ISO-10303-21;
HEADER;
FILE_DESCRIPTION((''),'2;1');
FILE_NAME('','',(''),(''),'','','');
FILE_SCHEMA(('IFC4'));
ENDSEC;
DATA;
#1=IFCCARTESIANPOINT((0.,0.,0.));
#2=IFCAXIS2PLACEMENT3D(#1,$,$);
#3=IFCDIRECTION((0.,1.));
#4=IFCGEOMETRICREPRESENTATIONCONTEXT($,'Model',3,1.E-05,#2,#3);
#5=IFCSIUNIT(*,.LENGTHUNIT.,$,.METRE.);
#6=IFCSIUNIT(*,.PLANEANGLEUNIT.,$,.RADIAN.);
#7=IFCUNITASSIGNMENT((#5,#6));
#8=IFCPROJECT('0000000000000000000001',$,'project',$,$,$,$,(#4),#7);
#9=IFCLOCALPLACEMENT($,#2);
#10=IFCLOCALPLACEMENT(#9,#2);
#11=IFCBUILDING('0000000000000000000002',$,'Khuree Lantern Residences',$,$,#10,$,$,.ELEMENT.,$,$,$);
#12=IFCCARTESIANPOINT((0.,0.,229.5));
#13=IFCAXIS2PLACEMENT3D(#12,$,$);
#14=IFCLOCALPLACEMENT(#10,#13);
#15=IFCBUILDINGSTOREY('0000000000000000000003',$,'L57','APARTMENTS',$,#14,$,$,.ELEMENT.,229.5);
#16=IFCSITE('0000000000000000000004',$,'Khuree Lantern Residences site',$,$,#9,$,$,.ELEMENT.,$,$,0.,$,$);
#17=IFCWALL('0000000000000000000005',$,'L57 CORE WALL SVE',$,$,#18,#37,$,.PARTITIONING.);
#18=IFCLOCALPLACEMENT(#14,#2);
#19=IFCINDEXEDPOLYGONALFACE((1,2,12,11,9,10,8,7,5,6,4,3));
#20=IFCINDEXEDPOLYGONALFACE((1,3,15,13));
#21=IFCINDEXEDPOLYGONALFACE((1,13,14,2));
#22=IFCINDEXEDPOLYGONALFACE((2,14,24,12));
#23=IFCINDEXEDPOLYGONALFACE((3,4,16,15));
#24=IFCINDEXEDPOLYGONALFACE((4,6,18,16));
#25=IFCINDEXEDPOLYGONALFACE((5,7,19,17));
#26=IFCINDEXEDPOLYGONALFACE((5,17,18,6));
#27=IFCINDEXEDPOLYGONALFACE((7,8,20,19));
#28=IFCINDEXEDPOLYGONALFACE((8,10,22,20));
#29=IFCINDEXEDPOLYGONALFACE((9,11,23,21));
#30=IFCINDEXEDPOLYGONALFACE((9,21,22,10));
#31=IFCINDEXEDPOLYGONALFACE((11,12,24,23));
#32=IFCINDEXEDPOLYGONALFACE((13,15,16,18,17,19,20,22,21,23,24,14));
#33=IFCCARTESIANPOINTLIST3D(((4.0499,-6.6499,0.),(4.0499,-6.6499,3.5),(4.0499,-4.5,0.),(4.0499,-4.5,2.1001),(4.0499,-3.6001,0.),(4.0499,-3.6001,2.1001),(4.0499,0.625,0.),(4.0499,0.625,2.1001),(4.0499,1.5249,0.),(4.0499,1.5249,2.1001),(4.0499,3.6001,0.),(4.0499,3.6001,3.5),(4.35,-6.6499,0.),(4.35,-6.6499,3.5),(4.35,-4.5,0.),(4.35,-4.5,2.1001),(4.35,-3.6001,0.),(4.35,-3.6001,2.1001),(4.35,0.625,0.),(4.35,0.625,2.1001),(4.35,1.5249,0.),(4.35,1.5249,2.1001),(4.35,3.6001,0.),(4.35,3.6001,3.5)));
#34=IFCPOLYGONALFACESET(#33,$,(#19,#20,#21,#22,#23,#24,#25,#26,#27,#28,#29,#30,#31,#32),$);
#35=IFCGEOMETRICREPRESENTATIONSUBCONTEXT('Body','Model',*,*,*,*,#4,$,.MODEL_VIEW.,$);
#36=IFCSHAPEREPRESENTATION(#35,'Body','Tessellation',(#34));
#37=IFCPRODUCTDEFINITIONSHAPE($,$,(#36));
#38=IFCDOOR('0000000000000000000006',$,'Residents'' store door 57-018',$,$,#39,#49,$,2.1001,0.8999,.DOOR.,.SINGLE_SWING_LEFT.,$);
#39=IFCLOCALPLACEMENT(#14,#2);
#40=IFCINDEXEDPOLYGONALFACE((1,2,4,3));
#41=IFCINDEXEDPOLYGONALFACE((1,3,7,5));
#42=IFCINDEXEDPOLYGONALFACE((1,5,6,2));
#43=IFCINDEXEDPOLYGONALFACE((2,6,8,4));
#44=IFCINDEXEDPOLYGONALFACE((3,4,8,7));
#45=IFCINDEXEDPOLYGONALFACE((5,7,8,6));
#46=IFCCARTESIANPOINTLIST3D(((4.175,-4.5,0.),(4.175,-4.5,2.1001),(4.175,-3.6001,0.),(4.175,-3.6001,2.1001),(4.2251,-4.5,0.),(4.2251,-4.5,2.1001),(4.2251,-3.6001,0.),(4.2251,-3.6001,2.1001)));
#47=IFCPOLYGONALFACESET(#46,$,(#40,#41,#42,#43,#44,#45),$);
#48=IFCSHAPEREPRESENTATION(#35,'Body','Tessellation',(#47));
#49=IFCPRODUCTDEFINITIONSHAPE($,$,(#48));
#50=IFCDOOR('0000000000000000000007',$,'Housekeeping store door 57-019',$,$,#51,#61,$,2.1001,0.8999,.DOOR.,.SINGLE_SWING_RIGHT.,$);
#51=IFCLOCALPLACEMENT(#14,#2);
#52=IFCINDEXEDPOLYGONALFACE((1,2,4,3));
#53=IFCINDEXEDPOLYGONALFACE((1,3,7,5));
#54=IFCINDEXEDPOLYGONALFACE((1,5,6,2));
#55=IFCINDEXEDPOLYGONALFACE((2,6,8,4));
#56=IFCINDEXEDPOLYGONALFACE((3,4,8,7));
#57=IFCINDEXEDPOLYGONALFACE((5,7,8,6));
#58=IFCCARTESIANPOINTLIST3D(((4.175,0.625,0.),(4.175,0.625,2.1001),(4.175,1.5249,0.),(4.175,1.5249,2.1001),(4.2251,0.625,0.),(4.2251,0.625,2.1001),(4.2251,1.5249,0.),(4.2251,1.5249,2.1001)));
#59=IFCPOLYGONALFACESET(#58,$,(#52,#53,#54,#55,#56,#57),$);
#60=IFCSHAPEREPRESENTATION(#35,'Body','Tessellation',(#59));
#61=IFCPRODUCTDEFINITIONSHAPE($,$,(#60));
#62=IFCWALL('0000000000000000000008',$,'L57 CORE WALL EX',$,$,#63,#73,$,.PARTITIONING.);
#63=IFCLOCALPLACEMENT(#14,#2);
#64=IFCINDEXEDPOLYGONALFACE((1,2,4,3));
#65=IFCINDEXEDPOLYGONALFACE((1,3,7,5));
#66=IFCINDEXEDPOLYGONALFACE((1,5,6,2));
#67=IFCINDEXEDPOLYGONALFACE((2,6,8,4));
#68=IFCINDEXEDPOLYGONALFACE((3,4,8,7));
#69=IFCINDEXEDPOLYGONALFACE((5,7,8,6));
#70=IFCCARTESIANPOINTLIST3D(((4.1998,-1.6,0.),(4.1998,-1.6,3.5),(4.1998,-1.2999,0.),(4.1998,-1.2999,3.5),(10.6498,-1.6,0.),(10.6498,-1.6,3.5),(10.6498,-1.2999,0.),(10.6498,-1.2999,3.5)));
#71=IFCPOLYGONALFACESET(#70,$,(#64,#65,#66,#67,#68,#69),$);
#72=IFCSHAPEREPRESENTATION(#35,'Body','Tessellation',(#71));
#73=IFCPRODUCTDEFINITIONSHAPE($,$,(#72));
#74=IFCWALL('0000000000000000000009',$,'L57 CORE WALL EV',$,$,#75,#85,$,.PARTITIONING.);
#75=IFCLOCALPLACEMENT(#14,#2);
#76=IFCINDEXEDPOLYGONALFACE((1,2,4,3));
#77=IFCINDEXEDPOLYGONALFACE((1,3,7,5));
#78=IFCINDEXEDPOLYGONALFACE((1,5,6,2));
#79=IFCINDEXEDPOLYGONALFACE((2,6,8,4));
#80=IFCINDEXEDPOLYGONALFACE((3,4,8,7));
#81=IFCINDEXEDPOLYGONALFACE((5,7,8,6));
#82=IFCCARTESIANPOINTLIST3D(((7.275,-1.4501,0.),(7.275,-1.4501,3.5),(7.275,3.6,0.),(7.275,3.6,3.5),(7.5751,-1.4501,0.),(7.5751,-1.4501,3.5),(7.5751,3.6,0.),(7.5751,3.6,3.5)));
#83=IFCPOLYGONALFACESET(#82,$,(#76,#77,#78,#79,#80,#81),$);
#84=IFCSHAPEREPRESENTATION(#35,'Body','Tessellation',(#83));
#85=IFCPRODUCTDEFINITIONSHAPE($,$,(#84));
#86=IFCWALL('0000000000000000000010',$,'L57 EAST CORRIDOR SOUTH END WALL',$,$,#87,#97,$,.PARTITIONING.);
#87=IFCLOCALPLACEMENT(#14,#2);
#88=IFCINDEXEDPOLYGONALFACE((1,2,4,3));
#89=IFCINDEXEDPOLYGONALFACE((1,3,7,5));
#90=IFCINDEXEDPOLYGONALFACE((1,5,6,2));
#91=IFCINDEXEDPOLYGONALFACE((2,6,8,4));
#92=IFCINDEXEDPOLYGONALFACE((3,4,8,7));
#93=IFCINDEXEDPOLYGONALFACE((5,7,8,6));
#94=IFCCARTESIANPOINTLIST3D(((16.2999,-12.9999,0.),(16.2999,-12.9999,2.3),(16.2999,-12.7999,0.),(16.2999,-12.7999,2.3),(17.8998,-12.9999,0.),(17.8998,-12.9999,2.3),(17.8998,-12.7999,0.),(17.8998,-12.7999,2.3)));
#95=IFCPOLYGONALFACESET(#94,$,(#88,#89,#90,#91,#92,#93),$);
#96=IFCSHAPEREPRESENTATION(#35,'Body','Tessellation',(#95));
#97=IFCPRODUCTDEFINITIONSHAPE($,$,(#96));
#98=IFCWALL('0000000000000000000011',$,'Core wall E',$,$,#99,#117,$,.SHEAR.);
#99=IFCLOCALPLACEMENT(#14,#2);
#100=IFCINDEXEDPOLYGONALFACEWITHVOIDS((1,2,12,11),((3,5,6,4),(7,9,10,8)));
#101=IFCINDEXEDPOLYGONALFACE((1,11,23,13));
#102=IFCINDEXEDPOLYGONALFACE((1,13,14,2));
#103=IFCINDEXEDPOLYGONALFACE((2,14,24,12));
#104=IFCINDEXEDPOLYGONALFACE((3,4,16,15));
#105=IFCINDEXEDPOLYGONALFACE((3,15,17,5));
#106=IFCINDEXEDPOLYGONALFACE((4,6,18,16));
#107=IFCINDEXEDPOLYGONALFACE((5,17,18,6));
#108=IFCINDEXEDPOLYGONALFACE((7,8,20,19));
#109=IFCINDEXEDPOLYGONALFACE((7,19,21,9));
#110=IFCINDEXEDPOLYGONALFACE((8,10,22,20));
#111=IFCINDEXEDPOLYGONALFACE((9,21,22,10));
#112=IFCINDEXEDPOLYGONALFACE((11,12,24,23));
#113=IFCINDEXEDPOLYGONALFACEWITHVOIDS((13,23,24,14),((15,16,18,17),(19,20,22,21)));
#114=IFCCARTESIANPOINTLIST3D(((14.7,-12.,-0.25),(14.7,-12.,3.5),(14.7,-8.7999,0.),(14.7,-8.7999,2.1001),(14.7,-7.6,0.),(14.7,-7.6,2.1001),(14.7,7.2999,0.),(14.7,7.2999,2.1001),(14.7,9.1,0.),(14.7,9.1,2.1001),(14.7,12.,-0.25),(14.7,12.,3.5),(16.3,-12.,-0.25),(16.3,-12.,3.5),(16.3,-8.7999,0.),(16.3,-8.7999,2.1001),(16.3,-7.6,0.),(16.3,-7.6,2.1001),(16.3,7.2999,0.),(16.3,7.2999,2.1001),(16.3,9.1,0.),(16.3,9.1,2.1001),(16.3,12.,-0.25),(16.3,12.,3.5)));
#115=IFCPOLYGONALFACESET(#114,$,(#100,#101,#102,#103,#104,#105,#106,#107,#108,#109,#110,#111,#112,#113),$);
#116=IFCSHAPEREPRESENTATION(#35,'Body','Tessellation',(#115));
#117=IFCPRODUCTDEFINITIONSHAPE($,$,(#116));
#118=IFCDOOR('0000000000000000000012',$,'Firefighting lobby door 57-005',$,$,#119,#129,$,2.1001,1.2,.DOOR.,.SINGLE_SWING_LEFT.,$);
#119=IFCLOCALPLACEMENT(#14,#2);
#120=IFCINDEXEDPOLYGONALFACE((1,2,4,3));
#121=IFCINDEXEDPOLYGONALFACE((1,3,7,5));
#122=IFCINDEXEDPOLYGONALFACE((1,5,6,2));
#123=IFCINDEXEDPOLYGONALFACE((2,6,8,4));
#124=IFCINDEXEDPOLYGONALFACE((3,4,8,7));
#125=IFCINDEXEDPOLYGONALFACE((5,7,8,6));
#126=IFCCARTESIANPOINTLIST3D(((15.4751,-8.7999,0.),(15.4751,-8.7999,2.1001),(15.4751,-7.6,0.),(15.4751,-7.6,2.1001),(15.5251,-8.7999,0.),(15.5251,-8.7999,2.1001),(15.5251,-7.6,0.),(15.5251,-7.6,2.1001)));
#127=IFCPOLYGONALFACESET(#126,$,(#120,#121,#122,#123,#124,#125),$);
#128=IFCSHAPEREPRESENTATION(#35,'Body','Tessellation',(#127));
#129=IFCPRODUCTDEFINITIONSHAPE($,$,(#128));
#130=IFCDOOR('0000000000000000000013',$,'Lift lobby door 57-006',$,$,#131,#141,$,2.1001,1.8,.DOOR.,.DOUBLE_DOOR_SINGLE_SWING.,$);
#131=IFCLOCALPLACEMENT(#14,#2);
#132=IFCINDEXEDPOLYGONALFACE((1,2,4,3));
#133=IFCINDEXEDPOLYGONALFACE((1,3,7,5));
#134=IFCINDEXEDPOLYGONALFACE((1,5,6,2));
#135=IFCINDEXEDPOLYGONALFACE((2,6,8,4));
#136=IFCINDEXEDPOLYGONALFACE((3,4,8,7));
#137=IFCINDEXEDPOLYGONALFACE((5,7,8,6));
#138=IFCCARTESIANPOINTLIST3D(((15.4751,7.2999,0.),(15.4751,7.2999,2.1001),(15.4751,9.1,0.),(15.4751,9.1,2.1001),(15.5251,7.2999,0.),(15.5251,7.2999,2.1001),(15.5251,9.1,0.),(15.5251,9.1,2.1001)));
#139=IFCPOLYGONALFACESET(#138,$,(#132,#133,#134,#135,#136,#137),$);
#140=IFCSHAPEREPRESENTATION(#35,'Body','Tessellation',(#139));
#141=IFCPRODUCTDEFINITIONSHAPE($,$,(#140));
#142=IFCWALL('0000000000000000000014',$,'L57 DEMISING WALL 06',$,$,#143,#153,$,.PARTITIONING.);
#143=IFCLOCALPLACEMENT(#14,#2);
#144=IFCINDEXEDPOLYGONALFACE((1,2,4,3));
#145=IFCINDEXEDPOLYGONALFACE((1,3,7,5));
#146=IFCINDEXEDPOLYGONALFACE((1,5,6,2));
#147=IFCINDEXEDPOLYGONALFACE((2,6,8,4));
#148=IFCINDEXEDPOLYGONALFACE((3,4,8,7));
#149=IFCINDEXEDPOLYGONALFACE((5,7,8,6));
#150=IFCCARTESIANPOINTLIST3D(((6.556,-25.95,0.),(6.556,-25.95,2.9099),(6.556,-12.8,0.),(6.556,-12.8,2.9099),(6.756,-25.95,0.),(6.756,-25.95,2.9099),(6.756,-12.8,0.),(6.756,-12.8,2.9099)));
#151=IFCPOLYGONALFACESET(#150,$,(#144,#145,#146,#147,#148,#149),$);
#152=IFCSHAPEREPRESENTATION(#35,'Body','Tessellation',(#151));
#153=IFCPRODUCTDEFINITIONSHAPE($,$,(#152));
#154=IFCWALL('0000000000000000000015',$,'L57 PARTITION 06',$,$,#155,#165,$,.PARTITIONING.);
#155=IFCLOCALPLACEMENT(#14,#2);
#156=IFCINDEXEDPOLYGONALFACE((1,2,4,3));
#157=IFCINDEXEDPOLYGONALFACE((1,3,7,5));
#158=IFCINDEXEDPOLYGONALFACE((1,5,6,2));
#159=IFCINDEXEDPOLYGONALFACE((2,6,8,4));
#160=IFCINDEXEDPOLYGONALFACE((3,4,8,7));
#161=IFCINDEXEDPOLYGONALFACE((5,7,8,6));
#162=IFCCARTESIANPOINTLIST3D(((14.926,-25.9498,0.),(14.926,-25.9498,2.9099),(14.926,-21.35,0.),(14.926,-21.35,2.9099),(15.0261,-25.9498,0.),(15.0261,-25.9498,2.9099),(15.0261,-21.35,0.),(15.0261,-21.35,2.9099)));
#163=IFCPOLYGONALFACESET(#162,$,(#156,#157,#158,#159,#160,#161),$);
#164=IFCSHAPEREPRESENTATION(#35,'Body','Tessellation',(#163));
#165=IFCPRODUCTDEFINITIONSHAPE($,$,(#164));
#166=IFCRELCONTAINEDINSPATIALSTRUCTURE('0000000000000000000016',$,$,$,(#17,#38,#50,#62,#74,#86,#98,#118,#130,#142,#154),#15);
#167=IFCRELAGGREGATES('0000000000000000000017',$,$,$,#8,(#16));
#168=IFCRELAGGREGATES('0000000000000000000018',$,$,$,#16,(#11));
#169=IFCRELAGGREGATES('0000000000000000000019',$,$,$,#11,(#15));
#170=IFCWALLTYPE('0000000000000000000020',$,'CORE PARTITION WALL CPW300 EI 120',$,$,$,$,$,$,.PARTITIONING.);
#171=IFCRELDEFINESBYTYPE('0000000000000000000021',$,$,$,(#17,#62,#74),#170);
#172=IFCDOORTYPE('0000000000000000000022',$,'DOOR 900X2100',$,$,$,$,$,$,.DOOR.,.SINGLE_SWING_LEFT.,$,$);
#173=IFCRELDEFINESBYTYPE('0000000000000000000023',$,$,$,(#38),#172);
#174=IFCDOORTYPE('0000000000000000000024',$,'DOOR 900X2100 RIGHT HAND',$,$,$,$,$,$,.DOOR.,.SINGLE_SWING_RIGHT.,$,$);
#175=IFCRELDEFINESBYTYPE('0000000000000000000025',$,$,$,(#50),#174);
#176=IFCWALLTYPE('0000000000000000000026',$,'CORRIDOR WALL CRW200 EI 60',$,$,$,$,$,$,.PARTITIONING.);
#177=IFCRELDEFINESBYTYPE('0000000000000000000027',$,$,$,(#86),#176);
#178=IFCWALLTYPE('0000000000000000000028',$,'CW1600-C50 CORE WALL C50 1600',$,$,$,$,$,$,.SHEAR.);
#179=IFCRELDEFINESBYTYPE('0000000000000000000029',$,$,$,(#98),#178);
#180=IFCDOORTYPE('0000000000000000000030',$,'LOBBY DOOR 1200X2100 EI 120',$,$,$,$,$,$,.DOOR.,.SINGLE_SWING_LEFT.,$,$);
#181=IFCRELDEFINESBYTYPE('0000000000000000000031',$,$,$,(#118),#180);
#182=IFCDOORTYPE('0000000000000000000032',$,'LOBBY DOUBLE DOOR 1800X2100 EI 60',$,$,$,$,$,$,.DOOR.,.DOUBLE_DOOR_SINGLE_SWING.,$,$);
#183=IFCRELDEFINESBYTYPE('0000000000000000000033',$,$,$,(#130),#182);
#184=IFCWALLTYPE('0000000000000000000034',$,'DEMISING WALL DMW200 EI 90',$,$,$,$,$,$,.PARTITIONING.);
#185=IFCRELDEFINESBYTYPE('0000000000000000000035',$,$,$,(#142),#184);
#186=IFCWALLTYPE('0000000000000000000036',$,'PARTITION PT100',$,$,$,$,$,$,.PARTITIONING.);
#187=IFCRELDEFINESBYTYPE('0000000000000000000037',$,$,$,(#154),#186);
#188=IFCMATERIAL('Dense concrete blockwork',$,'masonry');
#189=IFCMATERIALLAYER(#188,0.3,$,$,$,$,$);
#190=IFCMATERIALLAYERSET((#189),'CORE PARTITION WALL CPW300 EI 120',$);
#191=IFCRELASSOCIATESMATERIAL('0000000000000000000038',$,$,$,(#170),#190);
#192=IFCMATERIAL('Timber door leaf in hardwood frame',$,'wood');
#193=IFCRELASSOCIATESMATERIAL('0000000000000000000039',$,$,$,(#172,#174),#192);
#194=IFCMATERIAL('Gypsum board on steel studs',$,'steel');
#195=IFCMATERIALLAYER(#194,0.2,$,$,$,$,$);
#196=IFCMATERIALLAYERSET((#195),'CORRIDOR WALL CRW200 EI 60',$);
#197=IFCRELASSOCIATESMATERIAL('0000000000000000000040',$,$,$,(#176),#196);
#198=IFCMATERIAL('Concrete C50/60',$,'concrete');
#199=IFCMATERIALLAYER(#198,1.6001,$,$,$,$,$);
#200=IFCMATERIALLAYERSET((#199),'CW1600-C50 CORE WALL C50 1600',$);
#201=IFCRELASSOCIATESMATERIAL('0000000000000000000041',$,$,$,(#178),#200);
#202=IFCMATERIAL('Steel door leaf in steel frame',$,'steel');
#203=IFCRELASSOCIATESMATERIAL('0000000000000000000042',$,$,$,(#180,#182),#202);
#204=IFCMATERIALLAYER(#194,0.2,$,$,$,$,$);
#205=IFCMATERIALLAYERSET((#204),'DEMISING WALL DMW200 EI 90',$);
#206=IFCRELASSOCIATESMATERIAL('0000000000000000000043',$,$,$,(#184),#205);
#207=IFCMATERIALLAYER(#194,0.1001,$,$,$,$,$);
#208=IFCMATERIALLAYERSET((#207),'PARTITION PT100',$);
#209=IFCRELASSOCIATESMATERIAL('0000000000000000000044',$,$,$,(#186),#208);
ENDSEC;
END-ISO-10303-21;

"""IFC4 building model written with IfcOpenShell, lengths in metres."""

from ifc_helpers import new_model, si_unit, direction, frame, frame_2d, origin, place, context, subcontext, project, spatial, rectangle, extrude, material, layer, layer_set, type_object, element, fill, save


model = new_model("IFC4")

# Units and contexts
model_context = context("Model", 3, precision=1e-05, world=origin(), true_north=direction((0.0, 1.0)))
body_context = subcontext(model_context, "Body", "Model", "MODEL_VIEW")
ifc_project = project(units=[si_unit("LENGTHUNIT", "METRE"), si_unit("PLANEANGLEUNIT", "RADIAN")], contexts=[model_context])

# Site, building, storey
site_placement = place(None, origin())
site = spatial("IfcSite", under=ifc_project, at=site_placement, Name="Khuree Lantern Residences site", CompositionType="ELEMENT", RefElevation=0.0)
building_placement = place(site_placement, origin())
building = spatial("IfcBuilding", under=site, at=building_placement, Name="Khuree Lantern Residences", CompositionType="ELEMENT")
storey_placement = place(building_placement, frame((0.0, 0.0, 229.5)))
storey = spatial("IfcBuildingStorey", under=building, at=storey_placement, Name="L57", Description="APARTMENTS", CompositionType="ELEMENT", Elevation=229.5)

# Shared definitions
ifc_material_1 = material(Name="Concrete C50/60", Category="concrete")

# Shared definitions
ifc_material_2 = material(Name="Timber door leaf in hardwood frame", Category="wood")

# Shared definitions
ifc_material_3 = material(Name="Dense concrete blockwork", Category="masonry")
ifc_layer_1 = layer(ifc_material_3, 0.3)
ifc_layer_set_1 = layer_set([ifc_layer_1], Name="CORE PARTITION WALL CPW300 EI 120")
wall_type_1 = type_object("IfcWallType", Name="CORE PARTITION WALL CPW300 EI 120", PredefinedType="PARTITIONING", material=ifc_layer_set_1)

# Wall, openings, doors
wall_1_placement = place(storey_placement, frame((4.2, -6.6499, 0.0), z_axis=(0.0, 0.0, 1.0), x_axis=(0.0, 1.0, 0.0)))
wall_1 = element("IfcWall", 1, at=wall_1_placement, inside=storey, type_object=wall_type_1, Name="L57 CORE WALL SVE", PredefinedType="PARTITIONING", context=body_context, shape_type="SweptSolid", body=[
    extrude(rectangle(XDim=10.25, YDim=0.3, at=frame_2d((5.125, 0.0))), origin(), (0.0, 0.0, 1.0), 3.5),
])
opening_1_placement = place(wall_1_placement, frame((2.1499, 0.0, 0.0)))
opening_1 = element("IfcOpeningElement", 2, at=opening_1_placement, cuts=wall_1, PredefinedType="OPENING", context=body_context, shape_type="SweptSolid", body=[
    extrude(rectangle(XDim=0.8999, YDim=2.1001, at=frame_2d((0.45, 1.05))), frame((0.0, 0.1602, 0.0), z_axis=(0.0, -1.0, 0.0), x_axis=(1.0, 0.0, 0.0)), (0.0, 0.0, 1.0), 0.3201),
])
opening_2_placement = place(wall_1_placement, frame((7.2749, 0.0, 0.0)))
opening_2 = element("IfcOpeningElement", 3, at=opening_2_placement, cuts=wall_1, PredefinedType="OPENING", context=body_context, shape_type="SweptSolid", body=[
    extrude(rectangle(XDim=0.8999, YDim=2.1001, at=frame_2d((0.45, 1.05))), frame((0.0, 0.1602, 0.0), z_axis=(0.0, -1.0, 0.0), x_axis=(1.0, 0.0, 0.0)), (0.0, 0.0, 1.0), 0.3201),
])
door_type_1 = type_object("IfcDoorType", Name="DOOR 900X2100", OperationType="SINGLE_SWING_LEFT", PredefinedType="DOOR", material=ifc_material_2)
door_1_placement = place(opening_1_placement, origin())
door_1 = element("IfcDoor", 4, at=door_1_placement, inside=storey, type_object=door_type_1, Name="Residents' store door 57-018", OperationType="SINGLE_SWING_LEFT", OverallHeight=2.1001, OverallWidth=0.8999, PredefinedType="DOOR", context=body_context, shape_type="SweptSolid", body=[
    extrude(rectangle(XDim=0.8999, YDim=2.1001, at=frame_2d((0.45, 1.05))), frame((0.0, 0.0249, 0.0), z_axis=(0.0, -1.0, 0.0), x_axis=(1.0, 0.0, 0.0)), (0.0, 0.0, 1.0), 0.05),
])
fill(opening_1, door_1)
door_type_2 = type_object("IfcDoorType", Name="DOOR 900X2100 RIGHT HAND", OperationType="SINGLE_SWING_RIGHT", PredefinedType="DOOR", material=ifc_material_2)
door_2_placement = place(opening_2_placement, origin())
door_2 = element("IfcDoor", 5, at=door_2_placement, inside=storey, type_object=door_type_2, Name="Housekeeping store door 57-019", OperationType="SINGLE_SWING_RIGHT", OverallHeight=2.1001, OverallWidth=0.8999, PredefinedType="DOOR", context=body_context, shape_type="SweptSolid", body=[
    extrude(rectangle(XDim=0.8999, YDim=2.1001, at=frame_2d((0.45, 1.05))), frame((0.0, 0.0249, 0.0), z_axis=(0.0, -1.0, 0.0), x_axis=(1.0, 0.0, 0.0)), (0.0, 0.0, 1.0), 0.05),
])
fill(opening_2, door_2)

# Walls
wall_2_placement = place(storey_placement, frame((10.6499, -1.45, 0.0), z_axis=(0.0, 0.0, 1.0), x_axis=(-1.0, 0.0, 0.0)))
element("IfcWall", 6, at=wall_2_placement, inside=storey, type_object=wall_type_1, Name="L57 CORE WALL EX", PredefinedType="PARTITIONING", context=body_context, shape_type="SweptSolid", body=[
    extrude(rectangle(XDim=6.45, YDim=0.3, at=frame_2d((3.2251, 0.0))), origin(), (0.0, 0.0, 1.0), 3.5),
])
wall_3_placement = place(storey_placement, frame((7.425, -1.45, 0.0), z_axis=(0.0, 0.0, 1.0), x_axis=(0.0, 1.0, 0.0)))
element("IfcWall", 7, at=wall_3_placement, inside=storey, type_object=wall_type_1, Name="L57 CORE WALL EV", PredefinedType="PARTITIONING", context=body_context, shape_type="SweptSolid", body=[
    extrude(rectangle(XDim=5.05, YDim=0.3, at=frame_2d((2.5249, 0.0))), origin(), (0.0, 0.0, 1.0), 3.5),
])
ifc_material_4 = material(Name="Gypsum board on steel studs", Category="steel")
ifc_layer_2 = layer(ifc_material_4, 0.2)
ifc_layer_set_2 = layer_set([ifc_layer_2], Name="CORRIDOR WALL CRW200 EI 60")
wall_type_2 = type_object("IfcWallType", Name="CORRIDOR WALL CRW200 EI 60", PredefinedType="PARTITIONING", material=ifc_layer_set_2)
wall_4_placement = place(storey_placement, frame((16.3, -12.8999, 0.0), z_axis=(0.0, 0.0, 1.0), x_axis=(1.0, 0.0, 0.0)))
element("IfcWall", 8, at=wall_4_placement, inside=storey, type_object=wall_type_2, Name="L57 EAST CORRIDOR SOUTH END WALL", PredefinedType="PARTITIONING", context=body_context, shape_type="SweptSolid", body=[
    extrude(rectangle(XDim=1.5999, YDim=0.2, at=frame_2d((0.7998, 0.0))), origin(), (0.0, 0.0, 1.0), 2.3),
])

# Wall, openings, doors
ifc_layer_3 = layer(ifc_material_1, 1.6001)
ifc_layer_set_3 = layer_set([ifc_layer_3], Name="CW1600-C50 CORE WALL C50 1600")
wall_type_3 = type_object("IfcWallType", Name="CW1600-C50 CORE WALL C50 1600", PredefinedType="SHEAR", material=ifc_layer_set_3)
wall_5_placement = place(storey_placement, frame((15.5, -12.0, -0.25), z_axis=(0.0, 0.0, 1.0), x_axis=(0.0, 1.0, 0.0)))
wall_5 = element("IfcWall", 9, at=wall_5_placement, inside=storey, type_object=wall_type_3, Name="Core wall E", PredefinedType="SHEAR", context=body_context, shape_type="SweptSolid", body=[
    extrude(rectangle(XDim=24.0, YDim=1.6001, at=frame_2d((12.0, 0.0))), origin(), (0.0, 0.0, 1.0), 3.75),
])
opening_3_placement = place(wall_5_placement, frame((3.2, 0.0, 0.25)))
opening_3 = element("IfcOpeningElement", 10, at=opening_3_placement, cuts=wall_5, PredefinedType="OPENING", context=body_context, shape_type="SweptSolid", body=[
    extrude(rectangle(XDim=1.2, YDim=2.1001, at=frame_2d((0.6001, 1.05))), frame((0.0, 0.8101, 0.0), z_axis=(0.0, -1.0, 0.0), x_axis=(1.0, 0.0, 0.0)), (0.0, 0.0, 1.0), 1.6201),
])
opening_4_placement = place(wall_5_placement, frame((19.3, 0.0, 0.25)))
opening_4 = element("IfcOpeningElement", 11, at=opening_4_placement, cuts=wall_5, PredefinedType="OPENING", context=body_context, shape_type="SweptSolid", body=[
    extrude(rectangle(XDim=1.8, YDim=2.1001, at=frame_2d((0.8999, 1.05))), frame((0.0, 0.8101, 0.0), z_axis=(0.0, -1.0, 0.0), x_axis=(1.0, 0.0, 0.0)), (0.0, 0.0, 1.0), 1.6201),
])
ifc_material_5 = material(Name="Steel door leaf in steel frame", Category="steel")
door_type_3 = type_object("IfcDoorType", Name="LOBBY DOOR 1200X2100 EI 120", OperationType="SINGLE_SWING_LEFT", PredefinedType="DOOR", material=ifc_material_5)
door_3_placement = place(opening_3_placement, origin())
door_3 = element("IfcDoor", 12, at=door_3_placement, inside=storey, type_object=door_type_3, Name="Firefighting lobby door 57-005", OperationType="SINGLE_SWING_LEFT", OverallHeight=2.1001, OverallWidth=1.2, PredefinedType="DOOR", context=body_context, shape_type="SweptSolid", body=[
    extrude(rectangle(XDim=1.2, YDim=2.1001, at=frame_2d((0.6001, 1.05))), frame((0.0, 0.0249, 0.0), z_axis=(0.0, -1.0, 0.0), x_axis=(1.0, 0.0, 0.0)), (0.0, 0.0, 1.0), 0.05),
])
fill(opening_3, door_3)
door_type_4 = type_object("IfcDoorType", Name="LOBBY DOUBLE DOOR 1800X2100 EI 60", OperationType="DOUBLE_DOOR_SINGLE_SWING", PredefinedType="DOOR", material=ifc_material_5)
door_4_placement = place(opening_4_placement, origin())
door_4 = element("IfcDoor", 13, at=door_4_placement, inside=storey, type_object=door_type_4, Name="Lift lobby door 57-006", OperationType="DOUBLE_DOOR_SINGLE_SWING", OverallHeight=2.1001, OverallWidth=1.8, PredefinedType="DOOR", context=body_context, shape_type="SweptSolid", body=[
    extrude(rectangle(XDim=1.8, YDim=2.1001, at=frame_2d((0.8999, 1.05))), frame((0.0, 0.0249, 0.0), z_axis=(0.0, -1.0, 0.0), x_axis=(1.0, 0.0, 0.0)), (0.0, 0.0, 1.0), 0.05),
])
fill(opening_4, door_4)

# Walls
ifc_layer_4 = layer(ifc_material_4, 0.2)
ifc_layer_set_4 = layer_set([ifc_layer_4], Name="DEMISING WALL DMW200 EI 90")
wall_type_4 = type_object("IfcWallType", Name="DEMISING WALL DMW200 EI 90", PredefinedType="PARTITIONING", material=ifc_layer_set_4)
wall_6_placement = place(storey_placement, frame((6.656, -12.8, 0.0), z_axis=(0.0, 0.0, 1.0), x_axis=(0.0, -1.0, 0.0)))
element("IfcWall", 14, at=wall_6_placement, inside=storey, type_object=wall_type_4, Name="L57 DEMISING WALL 06", PredefinedType="PARTITIONING", context=body_context, shape_type="SweptSolid", body=[
    extrude(rectangle(XDim=13.1499, YDim=0.2, at=frame_2d((6.575, 0.0))), origin(), (0.0, 0.0, 1.0), 2.9099),
])
ifc_layer_5 = layer(ifc_material_4, 0.1001)
ifc_layer_set_5 = layer_set([ifc_layer_5], Name="PARTITION PT100")
wall_type_5 = type_object("IfcWallType", Name="PARTITION PT100", PredefinedType="PARTITIONING", material=ifc_layer_set_5)
wall_7_placement = place(storey_placement, frame((14.9761, -21.3501, 0.0), z_axis=(0.0, 0.0, 1.0), x_axis=(0.0, -1.0, 0.0)))
element("IfcWall", 15, at=wall_7_placement, inside=storey, type_object=wall_type_5, Name="L57 PARTITION 06", PredefinedType="PARTITIONING", context=body_context, shape_type="SweptSolid", body=[
    extrude(rectangle(XDim=4.5999, YDim=0.1001, at=frame_2d((2.2998, 0.0))), origin(), (0.0, 0.0, 1.0), 2.9099),
])

save(model, "model.ifc")
